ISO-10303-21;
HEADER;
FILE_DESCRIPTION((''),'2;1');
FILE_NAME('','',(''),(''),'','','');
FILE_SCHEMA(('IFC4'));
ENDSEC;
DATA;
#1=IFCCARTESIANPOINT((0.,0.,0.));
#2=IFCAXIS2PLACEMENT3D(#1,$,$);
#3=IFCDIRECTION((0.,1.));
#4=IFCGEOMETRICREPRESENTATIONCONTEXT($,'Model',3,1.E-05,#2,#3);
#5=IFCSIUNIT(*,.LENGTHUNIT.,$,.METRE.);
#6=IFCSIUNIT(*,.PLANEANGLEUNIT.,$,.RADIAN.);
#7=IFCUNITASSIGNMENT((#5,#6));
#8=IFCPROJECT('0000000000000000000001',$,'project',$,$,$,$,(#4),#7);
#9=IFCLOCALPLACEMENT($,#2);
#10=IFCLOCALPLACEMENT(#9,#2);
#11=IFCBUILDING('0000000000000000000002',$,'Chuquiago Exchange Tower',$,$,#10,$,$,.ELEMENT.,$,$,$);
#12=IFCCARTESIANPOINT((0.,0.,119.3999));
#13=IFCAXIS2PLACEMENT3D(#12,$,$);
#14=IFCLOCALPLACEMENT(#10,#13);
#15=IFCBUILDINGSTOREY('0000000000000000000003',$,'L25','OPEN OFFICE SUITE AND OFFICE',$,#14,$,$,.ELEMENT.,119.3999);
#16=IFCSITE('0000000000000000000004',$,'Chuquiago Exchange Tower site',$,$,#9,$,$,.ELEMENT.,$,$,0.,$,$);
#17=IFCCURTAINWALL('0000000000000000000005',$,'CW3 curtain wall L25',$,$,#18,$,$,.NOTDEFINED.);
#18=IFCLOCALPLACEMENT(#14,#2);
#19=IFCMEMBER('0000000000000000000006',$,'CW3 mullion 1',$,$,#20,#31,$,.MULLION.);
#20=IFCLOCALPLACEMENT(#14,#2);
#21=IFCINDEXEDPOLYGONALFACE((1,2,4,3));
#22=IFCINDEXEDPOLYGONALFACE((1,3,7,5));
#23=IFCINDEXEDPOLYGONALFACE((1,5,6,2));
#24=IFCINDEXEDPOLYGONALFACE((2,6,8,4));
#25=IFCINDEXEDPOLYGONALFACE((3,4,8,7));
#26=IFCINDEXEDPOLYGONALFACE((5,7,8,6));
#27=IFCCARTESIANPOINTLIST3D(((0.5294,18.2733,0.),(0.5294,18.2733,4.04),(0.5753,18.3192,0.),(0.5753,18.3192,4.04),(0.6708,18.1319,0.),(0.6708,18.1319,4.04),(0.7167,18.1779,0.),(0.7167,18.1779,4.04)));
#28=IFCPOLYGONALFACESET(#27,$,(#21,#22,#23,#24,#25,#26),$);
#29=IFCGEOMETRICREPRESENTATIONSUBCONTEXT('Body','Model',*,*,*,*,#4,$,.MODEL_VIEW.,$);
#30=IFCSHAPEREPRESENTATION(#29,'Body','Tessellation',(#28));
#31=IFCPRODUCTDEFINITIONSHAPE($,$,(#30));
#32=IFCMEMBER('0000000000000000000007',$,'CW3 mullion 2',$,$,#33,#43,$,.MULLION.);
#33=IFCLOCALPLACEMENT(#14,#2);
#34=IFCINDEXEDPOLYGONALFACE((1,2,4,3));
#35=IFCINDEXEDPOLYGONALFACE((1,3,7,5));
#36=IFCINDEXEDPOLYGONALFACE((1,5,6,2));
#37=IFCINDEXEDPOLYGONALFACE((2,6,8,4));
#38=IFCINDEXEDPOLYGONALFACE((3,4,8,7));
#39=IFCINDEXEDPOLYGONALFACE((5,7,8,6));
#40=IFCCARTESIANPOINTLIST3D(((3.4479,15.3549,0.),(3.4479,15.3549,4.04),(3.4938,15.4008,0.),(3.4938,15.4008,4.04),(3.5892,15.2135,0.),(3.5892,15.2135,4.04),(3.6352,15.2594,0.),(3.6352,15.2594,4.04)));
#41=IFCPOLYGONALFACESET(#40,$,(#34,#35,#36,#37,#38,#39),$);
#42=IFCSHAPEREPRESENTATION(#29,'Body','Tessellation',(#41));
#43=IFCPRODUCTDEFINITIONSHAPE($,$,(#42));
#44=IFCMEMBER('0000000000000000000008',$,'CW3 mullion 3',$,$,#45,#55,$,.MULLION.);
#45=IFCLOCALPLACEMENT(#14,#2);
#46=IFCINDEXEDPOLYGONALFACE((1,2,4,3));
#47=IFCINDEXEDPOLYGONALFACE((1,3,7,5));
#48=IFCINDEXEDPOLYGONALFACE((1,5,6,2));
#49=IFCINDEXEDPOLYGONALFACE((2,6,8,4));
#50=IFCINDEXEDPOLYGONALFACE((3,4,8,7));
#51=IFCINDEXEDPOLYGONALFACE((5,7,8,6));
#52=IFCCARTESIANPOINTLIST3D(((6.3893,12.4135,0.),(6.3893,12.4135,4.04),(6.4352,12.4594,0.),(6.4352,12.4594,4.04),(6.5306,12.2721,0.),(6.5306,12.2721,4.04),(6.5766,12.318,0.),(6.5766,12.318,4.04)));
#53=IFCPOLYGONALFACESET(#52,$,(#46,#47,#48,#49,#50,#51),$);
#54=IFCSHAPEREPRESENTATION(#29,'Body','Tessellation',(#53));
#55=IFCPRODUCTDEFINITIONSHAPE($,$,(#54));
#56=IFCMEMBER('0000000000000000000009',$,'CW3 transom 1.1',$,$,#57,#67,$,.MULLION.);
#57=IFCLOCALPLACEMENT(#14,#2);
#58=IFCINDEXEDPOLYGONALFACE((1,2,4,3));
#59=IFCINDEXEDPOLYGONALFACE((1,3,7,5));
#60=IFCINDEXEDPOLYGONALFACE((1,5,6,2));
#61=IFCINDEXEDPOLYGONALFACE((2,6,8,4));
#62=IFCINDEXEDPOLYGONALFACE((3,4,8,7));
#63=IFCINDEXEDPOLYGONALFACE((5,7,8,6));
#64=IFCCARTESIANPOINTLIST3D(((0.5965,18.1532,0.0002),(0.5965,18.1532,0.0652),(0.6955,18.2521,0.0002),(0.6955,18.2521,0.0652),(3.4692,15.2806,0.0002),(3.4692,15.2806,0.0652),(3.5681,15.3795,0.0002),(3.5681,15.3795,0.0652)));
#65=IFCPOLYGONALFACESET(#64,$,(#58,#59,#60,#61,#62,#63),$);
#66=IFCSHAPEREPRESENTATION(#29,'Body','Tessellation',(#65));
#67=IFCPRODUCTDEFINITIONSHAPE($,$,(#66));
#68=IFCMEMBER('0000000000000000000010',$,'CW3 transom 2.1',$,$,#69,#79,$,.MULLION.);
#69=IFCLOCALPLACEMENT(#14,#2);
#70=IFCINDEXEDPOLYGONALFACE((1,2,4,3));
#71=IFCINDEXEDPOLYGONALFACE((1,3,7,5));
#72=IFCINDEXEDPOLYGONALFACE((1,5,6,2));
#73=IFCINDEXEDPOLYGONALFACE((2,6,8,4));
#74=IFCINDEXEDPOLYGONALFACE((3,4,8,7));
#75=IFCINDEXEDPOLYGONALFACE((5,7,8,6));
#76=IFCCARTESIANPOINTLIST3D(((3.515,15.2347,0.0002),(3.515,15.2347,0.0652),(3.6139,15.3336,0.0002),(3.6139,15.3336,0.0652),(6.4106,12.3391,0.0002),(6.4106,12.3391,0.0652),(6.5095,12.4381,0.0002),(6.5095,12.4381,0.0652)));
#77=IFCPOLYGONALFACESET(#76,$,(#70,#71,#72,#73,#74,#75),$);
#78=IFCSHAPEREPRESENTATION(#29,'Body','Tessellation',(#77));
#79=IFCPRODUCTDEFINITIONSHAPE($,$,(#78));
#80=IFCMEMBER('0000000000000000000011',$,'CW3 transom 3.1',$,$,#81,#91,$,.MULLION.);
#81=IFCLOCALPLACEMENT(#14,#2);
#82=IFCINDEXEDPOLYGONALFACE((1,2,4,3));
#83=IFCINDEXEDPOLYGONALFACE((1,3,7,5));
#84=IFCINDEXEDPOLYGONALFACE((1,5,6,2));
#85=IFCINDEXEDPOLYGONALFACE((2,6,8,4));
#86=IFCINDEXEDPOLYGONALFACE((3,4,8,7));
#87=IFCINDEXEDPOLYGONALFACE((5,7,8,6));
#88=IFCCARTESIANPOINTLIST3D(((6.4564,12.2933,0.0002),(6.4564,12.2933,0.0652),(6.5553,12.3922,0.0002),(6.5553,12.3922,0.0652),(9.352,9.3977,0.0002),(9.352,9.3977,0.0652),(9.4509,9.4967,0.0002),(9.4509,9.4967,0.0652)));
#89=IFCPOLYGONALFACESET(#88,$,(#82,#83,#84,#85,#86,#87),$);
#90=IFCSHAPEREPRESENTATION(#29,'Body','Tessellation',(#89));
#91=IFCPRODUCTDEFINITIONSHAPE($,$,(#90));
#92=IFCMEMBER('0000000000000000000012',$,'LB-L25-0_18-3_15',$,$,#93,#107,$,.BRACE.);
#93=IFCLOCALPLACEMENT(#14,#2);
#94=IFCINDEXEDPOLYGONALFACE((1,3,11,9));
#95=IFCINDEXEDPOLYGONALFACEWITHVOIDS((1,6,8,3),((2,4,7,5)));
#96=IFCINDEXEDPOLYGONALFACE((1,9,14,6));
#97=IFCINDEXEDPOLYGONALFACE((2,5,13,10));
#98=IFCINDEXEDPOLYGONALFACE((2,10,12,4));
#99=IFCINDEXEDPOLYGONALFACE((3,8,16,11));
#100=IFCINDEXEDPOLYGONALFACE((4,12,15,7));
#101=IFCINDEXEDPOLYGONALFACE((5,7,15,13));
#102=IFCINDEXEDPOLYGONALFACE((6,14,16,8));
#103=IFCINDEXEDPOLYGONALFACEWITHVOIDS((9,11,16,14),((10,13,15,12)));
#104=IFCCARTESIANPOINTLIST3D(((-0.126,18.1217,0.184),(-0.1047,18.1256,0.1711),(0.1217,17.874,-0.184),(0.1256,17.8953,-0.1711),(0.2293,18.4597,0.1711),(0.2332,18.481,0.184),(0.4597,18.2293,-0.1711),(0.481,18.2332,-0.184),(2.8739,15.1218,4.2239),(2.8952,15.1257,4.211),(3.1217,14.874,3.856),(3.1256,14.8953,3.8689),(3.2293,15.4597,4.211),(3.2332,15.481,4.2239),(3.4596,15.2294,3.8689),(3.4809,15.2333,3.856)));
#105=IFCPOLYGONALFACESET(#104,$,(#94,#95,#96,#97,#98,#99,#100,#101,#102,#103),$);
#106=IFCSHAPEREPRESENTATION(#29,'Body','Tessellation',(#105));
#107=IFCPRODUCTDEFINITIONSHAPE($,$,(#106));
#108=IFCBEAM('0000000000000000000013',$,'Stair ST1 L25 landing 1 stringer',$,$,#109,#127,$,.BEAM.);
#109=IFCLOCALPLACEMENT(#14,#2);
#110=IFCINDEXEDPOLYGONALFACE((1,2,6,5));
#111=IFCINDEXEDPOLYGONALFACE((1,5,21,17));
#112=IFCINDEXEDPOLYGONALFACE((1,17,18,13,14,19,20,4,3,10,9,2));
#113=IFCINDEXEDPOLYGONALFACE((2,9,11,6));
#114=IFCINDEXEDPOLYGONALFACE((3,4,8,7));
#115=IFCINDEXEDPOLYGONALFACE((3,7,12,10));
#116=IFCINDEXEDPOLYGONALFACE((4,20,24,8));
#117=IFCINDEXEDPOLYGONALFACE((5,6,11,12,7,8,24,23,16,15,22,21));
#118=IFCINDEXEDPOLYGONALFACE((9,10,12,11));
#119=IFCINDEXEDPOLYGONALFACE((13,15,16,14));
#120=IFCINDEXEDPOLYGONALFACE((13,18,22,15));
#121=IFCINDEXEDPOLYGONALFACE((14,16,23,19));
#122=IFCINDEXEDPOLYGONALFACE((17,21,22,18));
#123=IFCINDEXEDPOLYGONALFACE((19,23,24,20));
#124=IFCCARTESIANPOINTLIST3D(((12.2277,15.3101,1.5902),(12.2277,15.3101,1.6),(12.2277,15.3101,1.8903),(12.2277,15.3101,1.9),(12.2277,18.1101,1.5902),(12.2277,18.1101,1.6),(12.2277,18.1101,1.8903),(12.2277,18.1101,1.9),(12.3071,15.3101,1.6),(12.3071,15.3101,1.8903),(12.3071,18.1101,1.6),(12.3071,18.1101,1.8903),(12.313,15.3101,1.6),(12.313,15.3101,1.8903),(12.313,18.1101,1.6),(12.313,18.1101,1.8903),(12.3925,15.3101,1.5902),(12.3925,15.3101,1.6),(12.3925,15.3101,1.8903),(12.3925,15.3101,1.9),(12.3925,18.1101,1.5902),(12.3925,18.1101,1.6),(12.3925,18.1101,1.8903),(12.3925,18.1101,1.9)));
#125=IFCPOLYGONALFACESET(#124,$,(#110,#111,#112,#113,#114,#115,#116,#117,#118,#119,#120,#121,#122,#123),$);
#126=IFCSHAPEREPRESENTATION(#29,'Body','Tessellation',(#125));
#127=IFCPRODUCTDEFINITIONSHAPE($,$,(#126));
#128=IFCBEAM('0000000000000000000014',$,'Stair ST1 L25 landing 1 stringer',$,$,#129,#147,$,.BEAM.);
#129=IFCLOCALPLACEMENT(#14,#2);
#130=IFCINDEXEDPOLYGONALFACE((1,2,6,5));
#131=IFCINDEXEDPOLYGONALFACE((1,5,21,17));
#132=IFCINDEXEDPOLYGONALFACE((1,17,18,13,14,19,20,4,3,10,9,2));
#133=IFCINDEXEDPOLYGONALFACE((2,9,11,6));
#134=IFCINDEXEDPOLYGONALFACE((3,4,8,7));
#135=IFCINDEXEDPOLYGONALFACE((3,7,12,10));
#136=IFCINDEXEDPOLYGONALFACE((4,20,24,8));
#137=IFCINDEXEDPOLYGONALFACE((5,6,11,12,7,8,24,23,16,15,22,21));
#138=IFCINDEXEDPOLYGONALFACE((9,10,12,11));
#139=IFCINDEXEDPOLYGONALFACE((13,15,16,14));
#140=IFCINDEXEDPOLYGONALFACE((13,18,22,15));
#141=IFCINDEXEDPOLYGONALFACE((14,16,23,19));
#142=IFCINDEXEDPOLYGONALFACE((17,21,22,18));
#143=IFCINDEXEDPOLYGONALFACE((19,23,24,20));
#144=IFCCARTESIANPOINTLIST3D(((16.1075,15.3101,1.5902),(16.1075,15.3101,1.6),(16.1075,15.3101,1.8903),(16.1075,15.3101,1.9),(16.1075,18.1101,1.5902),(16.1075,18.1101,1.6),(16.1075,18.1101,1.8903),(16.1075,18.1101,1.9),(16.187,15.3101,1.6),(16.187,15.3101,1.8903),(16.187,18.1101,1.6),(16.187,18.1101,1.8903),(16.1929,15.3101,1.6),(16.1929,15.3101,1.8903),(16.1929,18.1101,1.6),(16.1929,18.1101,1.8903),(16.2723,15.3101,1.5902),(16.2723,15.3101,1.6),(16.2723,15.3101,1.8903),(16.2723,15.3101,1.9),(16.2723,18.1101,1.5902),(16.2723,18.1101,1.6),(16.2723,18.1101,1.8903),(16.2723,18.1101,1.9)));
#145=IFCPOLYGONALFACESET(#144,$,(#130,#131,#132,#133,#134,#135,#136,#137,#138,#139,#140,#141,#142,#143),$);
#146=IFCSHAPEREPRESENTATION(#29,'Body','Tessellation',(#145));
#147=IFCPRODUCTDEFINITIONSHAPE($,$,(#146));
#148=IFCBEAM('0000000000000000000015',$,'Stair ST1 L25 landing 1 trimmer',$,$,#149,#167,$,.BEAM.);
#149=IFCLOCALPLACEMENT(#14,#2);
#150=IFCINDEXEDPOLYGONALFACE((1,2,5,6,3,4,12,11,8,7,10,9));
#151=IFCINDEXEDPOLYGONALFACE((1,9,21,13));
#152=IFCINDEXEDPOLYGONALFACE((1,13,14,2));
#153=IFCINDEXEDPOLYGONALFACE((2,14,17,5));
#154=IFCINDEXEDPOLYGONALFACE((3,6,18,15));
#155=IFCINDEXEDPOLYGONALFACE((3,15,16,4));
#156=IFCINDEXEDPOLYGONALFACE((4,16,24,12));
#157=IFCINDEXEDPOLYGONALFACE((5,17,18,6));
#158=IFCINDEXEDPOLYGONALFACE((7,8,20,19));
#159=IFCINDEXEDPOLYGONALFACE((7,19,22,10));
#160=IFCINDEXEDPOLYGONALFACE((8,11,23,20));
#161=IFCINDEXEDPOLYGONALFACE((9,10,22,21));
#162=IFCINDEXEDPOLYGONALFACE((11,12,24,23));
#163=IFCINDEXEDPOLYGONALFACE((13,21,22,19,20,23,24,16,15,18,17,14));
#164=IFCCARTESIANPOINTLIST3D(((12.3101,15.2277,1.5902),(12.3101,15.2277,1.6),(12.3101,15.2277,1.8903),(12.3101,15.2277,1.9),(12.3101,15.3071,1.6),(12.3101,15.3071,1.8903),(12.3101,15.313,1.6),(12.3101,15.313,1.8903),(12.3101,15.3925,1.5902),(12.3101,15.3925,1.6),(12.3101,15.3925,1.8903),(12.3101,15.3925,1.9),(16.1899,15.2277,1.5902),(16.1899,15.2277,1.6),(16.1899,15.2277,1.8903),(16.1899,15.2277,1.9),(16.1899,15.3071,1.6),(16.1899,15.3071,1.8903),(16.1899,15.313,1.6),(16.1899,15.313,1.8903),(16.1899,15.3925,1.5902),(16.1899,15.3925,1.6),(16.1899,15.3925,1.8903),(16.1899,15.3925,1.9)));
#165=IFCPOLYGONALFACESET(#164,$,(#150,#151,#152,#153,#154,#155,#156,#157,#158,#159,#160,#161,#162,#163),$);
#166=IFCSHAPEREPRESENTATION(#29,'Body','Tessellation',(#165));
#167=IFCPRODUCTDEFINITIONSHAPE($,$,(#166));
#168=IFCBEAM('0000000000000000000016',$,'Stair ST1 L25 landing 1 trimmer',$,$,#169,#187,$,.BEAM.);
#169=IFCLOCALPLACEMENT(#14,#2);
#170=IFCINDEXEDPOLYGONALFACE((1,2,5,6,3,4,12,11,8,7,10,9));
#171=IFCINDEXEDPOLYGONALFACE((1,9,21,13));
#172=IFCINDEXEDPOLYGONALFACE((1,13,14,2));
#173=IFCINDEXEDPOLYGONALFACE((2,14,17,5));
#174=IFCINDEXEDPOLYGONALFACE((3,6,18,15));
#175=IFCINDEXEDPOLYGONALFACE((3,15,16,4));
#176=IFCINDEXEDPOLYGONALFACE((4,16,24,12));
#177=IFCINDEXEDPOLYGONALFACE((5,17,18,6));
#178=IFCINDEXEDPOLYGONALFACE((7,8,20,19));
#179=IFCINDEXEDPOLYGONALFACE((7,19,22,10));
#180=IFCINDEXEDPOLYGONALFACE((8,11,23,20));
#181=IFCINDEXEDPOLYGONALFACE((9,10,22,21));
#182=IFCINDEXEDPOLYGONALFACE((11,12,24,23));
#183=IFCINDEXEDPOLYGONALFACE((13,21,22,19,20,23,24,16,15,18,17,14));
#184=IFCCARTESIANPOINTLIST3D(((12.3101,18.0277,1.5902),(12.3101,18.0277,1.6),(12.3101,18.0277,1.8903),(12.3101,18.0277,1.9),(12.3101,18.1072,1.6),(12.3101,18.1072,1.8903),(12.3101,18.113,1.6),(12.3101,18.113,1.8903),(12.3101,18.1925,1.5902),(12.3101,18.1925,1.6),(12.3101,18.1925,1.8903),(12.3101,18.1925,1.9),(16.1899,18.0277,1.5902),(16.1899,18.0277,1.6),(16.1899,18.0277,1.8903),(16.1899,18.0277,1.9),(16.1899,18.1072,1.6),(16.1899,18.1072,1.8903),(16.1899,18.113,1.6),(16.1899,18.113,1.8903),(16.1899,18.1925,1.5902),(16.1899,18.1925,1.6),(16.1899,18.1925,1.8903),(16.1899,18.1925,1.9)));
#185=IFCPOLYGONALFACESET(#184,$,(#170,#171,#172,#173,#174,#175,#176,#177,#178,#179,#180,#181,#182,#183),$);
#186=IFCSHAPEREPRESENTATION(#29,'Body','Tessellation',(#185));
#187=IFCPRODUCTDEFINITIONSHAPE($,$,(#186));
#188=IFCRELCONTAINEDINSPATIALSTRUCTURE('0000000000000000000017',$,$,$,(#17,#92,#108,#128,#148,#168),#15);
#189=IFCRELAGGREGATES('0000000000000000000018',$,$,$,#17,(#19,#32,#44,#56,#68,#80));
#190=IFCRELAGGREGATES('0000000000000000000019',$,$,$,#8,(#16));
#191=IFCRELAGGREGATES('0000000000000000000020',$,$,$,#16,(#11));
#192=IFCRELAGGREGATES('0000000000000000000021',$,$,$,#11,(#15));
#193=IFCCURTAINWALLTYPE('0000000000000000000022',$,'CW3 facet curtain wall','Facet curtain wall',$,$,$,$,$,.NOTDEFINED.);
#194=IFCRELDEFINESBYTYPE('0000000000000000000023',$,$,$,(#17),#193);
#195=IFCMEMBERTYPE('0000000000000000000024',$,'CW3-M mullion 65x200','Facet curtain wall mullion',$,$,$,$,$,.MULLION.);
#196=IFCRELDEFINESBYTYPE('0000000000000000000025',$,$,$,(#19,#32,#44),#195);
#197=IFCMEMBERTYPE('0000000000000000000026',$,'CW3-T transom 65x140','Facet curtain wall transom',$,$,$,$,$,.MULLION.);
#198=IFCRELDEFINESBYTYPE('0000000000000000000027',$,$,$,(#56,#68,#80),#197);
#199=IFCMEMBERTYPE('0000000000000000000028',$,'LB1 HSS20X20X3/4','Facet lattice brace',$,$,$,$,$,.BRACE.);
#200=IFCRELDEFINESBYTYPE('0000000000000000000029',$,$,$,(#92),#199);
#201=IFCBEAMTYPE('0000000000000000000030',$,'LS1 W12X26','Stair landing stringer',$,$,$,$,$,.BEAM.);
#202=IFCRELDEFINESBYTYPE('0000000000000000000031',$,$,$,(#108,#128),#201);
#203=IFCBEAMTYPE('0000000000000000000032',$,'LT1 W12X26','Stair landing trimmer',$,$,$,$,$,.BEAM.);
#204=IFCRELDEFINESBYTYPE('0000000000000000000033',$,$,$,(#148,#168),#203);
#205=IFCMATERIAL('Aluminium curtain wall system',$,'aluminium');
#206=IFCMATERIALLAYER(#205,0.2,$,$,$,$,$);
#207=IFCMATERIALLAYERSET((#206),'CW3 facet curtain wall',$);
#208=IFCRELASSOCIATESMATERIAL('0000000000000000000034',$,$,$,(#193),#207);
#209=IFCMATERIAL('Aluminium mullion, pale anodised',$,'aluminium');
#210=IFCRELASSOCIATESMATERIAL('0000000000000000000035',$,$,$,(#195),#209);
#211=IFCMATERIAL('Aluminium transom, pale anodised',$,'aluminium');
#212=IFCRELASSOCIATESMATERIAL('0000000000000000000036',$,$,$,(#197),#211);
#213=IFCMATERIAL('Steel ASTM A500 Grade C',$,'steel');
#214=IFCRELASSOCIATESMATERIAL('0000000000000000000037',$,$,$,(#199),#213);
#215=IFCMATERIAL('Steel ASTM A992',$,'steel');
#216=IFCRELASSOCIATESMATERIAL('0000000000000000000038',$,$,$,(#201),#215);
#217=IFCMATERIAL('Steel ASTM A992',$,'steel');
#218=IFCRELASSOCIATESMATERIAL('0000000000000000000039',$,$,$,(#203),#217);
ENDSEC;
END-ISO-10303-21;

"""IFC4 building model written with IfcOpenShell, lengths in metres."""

from ifc_helpers import new_model, si_unit, direction, frame, origin, origin_2d, place, context, subcontext, project, spatial, rectangle, hollow_rectangle, i_section, extrude, material, layer, layer_set, material_profile, profile_set, type_object, element, aggregate, save


model = new_model("IFC4")

# Units and contexts
model_context = context("Model", 3, precision=1e-05, world=origin(), true_north=direction((0.0, 1.0)))
body_context = subcontext(model_context, "Body", "Model", "MODEL_VIEW")
ifc_project = project(units=[si_unit("LENGTHUNIT", "METRE"), si_unit("PLANEANGLEUNIT", "RADIAN")], contexts=[model_context])

# Site, building, storey
site_placement = place(None, origin())
site = spatial("IfcSite", under=ifc_project, at=site_placement, Name="Chuquiago Exchange Tower site", CompositionType="ELEMENT", RefElevation=0.0)
building_placement = place(site_placement, origin())
building = spatial("IfcBuilding", under=site, at=building_placement, Name="Chuquiago Exchange Tower", CompositionType="ELEMENT")
storey_placement = place(building_placement, frame((0.0, 0.0, 119.3999)))
storey = spatial("IfcBuildingStorey", under=building, at=storey_placement, Name="L25", Description="OPEN OFFICE SUITE AND OFFICE", CompositionType="ELEMENT", Elevation=119.3999)

# Curtain wall, members
ifc_material_1 = material(Name="Aluminium curtain wall system", Category="aluminium")
ifc_layer_1 = layer(ifc_material_1, 0.2)
ifc_layer_set_1 = layer_set([ifc_layer_1], Name="CW3 facet curtain wall")
curtain_wall_type_1 = type_object("IfcCurtainWallType", Name="CW3 facet curtain wall", Description="Facet curtain wall", PredefinedType="NOTDEFINED", material=ifc_layer_set_1)
curtain_wall_1_placement = place(storey_placement, origin())
curtain_wall_1 = element("IfcCurtainWall", 1, at=curtain_wall_1_placement, inside=storey, type_object=curtain_wall_type_1, Name="CW3 curtain wall L25", PredefinedType="NOTDEFINED")
ifc_material_2 = material(Name="Aluminium mullion, pale anodised", Category="aluminium")
ifc_material_profile_1 = material_profile(ifc_material_2, rectangle(XDim=0.0649, YDim=0.2, at=origin_2d()), Name="AL 65x200")
ifc_profile_set_1 = profile_set([ifc_material_profile_1], Name="Aluminium mullion, pale anodised")
member_type_1 = type_object("IfcMemberType", Name="CW3-M mullion 65x200", Description="Facet curtain wall mullion", PredefinedType="MULLION", material=ifc_profile_set_1)
member_1_placement = place(storey_placement, frame((0.623, 18.2256, 0.0), z_axis=(0.0, 0.0, 1.0), x_axis=(0.707107, 0.707107, 0.0)))
member_1 = element("IfcMember", 2, at=member_1_placement, type_object=member_type_1, Name="CW3 mullion 1", PredefinedType="MULLION", context=body_context, shape_type="SweptSolid", body=[
    extrude(rectangle(XDim=0.0649, YDim=0.2, at=origin_2d()), origin(), (0.0, 0.0, 1.0), 4.04),
])
member_2_placement = place(storey_placement, frame((3.5415, 15.3071, 0.0), z_axis=(0.0, 0.0, 1.0), x_axis=(0.707107, 0.707107, 0.0)))
member_2 = element("IfcMember", 3, at=member_2_placement, type_object=member_type_1, Name="CW3 mullion 2", PredefinedType="MULLION", context=body_context, shape_type="SweptSolid", body=[
    extrude(rectangle(XDim=0.0649, YDim=0.2, at=origin_2d()), origin(), (0.0, 0.0, 1.0), 4.04),
])
member_3_placement = place(storey_placement, frame((6.4829, 12.3657, 0.0), z_axis=(0.0, 0.0, 1.0), x_axis=(0.707107, 0.707107, 0.0)))
member_3 = element("IfcMember", 4, at=member_3_placement, type_object=member_type_1, Name="CW3 mullion 3", PredefinedType="MULLION", context=body_context, shape_type="SweptSolid", body=[
    extrude(rectangle(XDim=0.0649, YDim=0.2, at=origin_2d()), origin(), (0.0, 0.0, 1.0), 4.04),
])
ifc_material_3 = material(Name="Aluminium transom, pale anodised", Category="aluminium")
ifc_material_profile_2 = material_profile(ifc_material_3, rectangle(XDim=0.1399, YDim=0.0649, at=origin_2d()), Name="AL 140x65")
ifc_profile_set_2 = profile_set([ifc_material_profile_2], Name="Aluminium transom, pale anodised")
member_type_2 = type_object("IfcMemberType", Name="CW3-T transom 65x140", Description="Facet curtain wall transom", PredefinedType="MULLION", material=ifc_profile_set_2)
member_4_placement = place(storey_placement, frame((0.646, 18.2026, 0.0327), z_axis=(0.707107, -0.707107, 0.0), x_axis=(0.707107, 0.707107, 0.0)))
member_4 = element("IfcMember", 5, at=member_4_placement, type_object=member_type_2, Name="CW3 transom 1.1", PredefinedType="MULLION", context=body_context, shape_type="SweptSolid", body=[
    extrude(rectangle(XDim=0.1399, YDim=0.0649, at=origin_2d()), origin(), (0.0, 0.0, 1.0), 4.0625),
])
member_5_placement = place(storey_placement, frame((3.5645, 15.2842, 0.0327), z_axis=(0.707107, -0.707107, 0.0), x_axis=(0.707107, 0.707107, 0.0)))
member_5 = element("IfcMember", 6, at=member_5_placement, type_object=member_type_2, Name="CW3 transom 2.1", PredefinedType="MULLION", context=body_context, shape_type="SweptSolid", body=[
    extrude(rectangle(XDim=0.1399, YDim=0.0649, at=origin_2d()), origin(), (0.0, 0.0, 1.0), 4.095),
])
member_6_placement = place(storey_placement, frame((6.5059, 12.3428, 0.0327), z_axis=(0.707107, -0.707107, 0.0), x_axis=(0.707107, 0.707107, 0.0)))
member_6 = element("IfcMember", 7, at=member_6_placement, type_object=member_type_2, Name="CW3 transom 3.1", PredefinedType="MULLION", context=body_context, shape_type="SweptSolid", body=[
    extrude(rectangle(XDim=0.1399, YDim=0.0649, at=origin_2d()), origin(), (0.0, 0.0, 1.0), 4.095),
])

# Member
ifc_material_4 = material(Name="Steel ASTM A500 Grade C", Category="steel")
ifc_material_profile_3 = material_profile(ifc_material_4, hollow_rectangle(XDim=0.5081, YDim=0.5081, WallThickness=0.0178, at=origin_2d()), Name="HSS20X20X3/4")
ifc_profile_set_3 = profile_set([ifc_material_profile_3], Name="Steel ASTM A500 Grade C")
member_type_3 = type_object("IfcMemberType", Name="LB1 HSS20X20X3/4", Description="Facet lattice brace", PredefinedType="BRACE", material=ifc_profile_set_3)
member_7_placement = place(storey_placement, frame((0.1775, 18.1775, 0.0), z_axis=(0.512077, -0.512077, 0.689604), x_axis=(0.707107, 0.707107, 0.0)))
element("IfcMember", 8, at=member_7_placement, inside=storey, type_object=member_type_3, Name="LB-L25-0_18-3_15", PredefinedType="BRACE", context=body_context, shape_type="SweptSolid", body=[
    extrude(hollow_rectangle(XDim=0.5081, YDim=0.5081, WallThickness=0.0178, at=origin_2d()), origin(), (0.0, 0.0, 1.0), 5.8584),
])

# Beams
ifc_material_5 = material(Name="Steel ASTM A992", Category="steel")
ifc_material_profile_4 = material_profile(ifc_material_5, i_section(OverallWidth=0.1648, OverallDepth=0.3098, WebThickness=0.0059, FlangeThickness=0.0098, at=origin_2d()), Name="W12X26")
ifc_profile_set_4 = profile_set([ifc_material_profile_4], Name="Steel ASTM A992")
beam_type_1 = type_object("IfcBeamType", Name="LS1 W12X26", Description="Stair landing stringer", PredefinedType="BEAM", material=ifc_profile_set_4)
for number, where, z_axis, x_axis, name in (
    (9, (12.3101, 15.3101, 1.7451), (0.0, 1.0, 0.0), (-1.0, 0.0, 0.0), "Stair ST1 L25 landing 1 stringer"),
    (10, (16.1899, 15.3101, 1.7451), (0.0, 1.0, 0.0), (-1.0, 0.0, 0.0), "Stair ST1 L25 landing 1 stringer"),
):
    element("IfcBeam", number, at=place(storey_placement, frame(where, z_axis=z_axis, x_axis=x_axis)), inside=storey, type_object=beam_type_1, Name=name, PredefinedType="BEAM", context=body_context, shape_type="SweptSolid", body=[
        extrude(i_section(OverallWidth=0.1648, OverallDepth=0.3098, WebThickness=0.0059, FlangeThickness=0.0098, at=origin_2d()), origin(), (0.0, 0.0, 1.0), 2.8),
    ])
ifc_material_6 = material(Name="Steel ASTM A992", Category="steel")
ifc_material_profile_5 = material_profile(ifc_material_6, i_section(OverallWidth=0.1648, OverallDepth=0.3098, WebThickness=0.0059, FlangeThickness=0.0098, at=origin_2d()), Name="W12X26")
ifc_profile_set_5 = profile_set([ifc_material_profile_5], Name="Steel ASTM A992")
beam_type_2 = type_object("IfcBeamType", Name="LT1 W12X26", Description="Stair landing trimmer", PredefinedType="BEAM", material=ifc_profile_set_5)
for number, where, z_axis, x_axis, name in (
    (11, (12.3101, 15.3101, 1.7451), (1.0, 0.0, 0.0), (0.0, 1.0, 0.0), "Stair ST1 L25 landing 1 trimmer"),
    (12, (12.3101, 18.1101, 1.7451), (1.0, 0.0, 0.0), (0.0, 1.0, 0.0), "Stair ST1 L25 landing 1 trimmer"),
):
    element("IfcBeam", number, at=place(storey_placement, frame(where, z_axis=z_axis, x_axis=x_axis)), inside=storey, type_object=beam_type_2, Name=name, PredefinedType="BEAM", context=body_context, shape_type="SweptSolid", body=[
        extrude(i_section(OverallWidth=0.1648, OverallDepth=0.3098, WebThickness=0.0059, FlangeThickness=0.0098, at=origin_2d()), origin(), (0.0, 0.0, 1.0), 3.8799),
    ])

aggregate(curtain_wall_1, [member_1, member_2, member_3, member_4, member_5, member_6])

save(model, "model.ifc")
